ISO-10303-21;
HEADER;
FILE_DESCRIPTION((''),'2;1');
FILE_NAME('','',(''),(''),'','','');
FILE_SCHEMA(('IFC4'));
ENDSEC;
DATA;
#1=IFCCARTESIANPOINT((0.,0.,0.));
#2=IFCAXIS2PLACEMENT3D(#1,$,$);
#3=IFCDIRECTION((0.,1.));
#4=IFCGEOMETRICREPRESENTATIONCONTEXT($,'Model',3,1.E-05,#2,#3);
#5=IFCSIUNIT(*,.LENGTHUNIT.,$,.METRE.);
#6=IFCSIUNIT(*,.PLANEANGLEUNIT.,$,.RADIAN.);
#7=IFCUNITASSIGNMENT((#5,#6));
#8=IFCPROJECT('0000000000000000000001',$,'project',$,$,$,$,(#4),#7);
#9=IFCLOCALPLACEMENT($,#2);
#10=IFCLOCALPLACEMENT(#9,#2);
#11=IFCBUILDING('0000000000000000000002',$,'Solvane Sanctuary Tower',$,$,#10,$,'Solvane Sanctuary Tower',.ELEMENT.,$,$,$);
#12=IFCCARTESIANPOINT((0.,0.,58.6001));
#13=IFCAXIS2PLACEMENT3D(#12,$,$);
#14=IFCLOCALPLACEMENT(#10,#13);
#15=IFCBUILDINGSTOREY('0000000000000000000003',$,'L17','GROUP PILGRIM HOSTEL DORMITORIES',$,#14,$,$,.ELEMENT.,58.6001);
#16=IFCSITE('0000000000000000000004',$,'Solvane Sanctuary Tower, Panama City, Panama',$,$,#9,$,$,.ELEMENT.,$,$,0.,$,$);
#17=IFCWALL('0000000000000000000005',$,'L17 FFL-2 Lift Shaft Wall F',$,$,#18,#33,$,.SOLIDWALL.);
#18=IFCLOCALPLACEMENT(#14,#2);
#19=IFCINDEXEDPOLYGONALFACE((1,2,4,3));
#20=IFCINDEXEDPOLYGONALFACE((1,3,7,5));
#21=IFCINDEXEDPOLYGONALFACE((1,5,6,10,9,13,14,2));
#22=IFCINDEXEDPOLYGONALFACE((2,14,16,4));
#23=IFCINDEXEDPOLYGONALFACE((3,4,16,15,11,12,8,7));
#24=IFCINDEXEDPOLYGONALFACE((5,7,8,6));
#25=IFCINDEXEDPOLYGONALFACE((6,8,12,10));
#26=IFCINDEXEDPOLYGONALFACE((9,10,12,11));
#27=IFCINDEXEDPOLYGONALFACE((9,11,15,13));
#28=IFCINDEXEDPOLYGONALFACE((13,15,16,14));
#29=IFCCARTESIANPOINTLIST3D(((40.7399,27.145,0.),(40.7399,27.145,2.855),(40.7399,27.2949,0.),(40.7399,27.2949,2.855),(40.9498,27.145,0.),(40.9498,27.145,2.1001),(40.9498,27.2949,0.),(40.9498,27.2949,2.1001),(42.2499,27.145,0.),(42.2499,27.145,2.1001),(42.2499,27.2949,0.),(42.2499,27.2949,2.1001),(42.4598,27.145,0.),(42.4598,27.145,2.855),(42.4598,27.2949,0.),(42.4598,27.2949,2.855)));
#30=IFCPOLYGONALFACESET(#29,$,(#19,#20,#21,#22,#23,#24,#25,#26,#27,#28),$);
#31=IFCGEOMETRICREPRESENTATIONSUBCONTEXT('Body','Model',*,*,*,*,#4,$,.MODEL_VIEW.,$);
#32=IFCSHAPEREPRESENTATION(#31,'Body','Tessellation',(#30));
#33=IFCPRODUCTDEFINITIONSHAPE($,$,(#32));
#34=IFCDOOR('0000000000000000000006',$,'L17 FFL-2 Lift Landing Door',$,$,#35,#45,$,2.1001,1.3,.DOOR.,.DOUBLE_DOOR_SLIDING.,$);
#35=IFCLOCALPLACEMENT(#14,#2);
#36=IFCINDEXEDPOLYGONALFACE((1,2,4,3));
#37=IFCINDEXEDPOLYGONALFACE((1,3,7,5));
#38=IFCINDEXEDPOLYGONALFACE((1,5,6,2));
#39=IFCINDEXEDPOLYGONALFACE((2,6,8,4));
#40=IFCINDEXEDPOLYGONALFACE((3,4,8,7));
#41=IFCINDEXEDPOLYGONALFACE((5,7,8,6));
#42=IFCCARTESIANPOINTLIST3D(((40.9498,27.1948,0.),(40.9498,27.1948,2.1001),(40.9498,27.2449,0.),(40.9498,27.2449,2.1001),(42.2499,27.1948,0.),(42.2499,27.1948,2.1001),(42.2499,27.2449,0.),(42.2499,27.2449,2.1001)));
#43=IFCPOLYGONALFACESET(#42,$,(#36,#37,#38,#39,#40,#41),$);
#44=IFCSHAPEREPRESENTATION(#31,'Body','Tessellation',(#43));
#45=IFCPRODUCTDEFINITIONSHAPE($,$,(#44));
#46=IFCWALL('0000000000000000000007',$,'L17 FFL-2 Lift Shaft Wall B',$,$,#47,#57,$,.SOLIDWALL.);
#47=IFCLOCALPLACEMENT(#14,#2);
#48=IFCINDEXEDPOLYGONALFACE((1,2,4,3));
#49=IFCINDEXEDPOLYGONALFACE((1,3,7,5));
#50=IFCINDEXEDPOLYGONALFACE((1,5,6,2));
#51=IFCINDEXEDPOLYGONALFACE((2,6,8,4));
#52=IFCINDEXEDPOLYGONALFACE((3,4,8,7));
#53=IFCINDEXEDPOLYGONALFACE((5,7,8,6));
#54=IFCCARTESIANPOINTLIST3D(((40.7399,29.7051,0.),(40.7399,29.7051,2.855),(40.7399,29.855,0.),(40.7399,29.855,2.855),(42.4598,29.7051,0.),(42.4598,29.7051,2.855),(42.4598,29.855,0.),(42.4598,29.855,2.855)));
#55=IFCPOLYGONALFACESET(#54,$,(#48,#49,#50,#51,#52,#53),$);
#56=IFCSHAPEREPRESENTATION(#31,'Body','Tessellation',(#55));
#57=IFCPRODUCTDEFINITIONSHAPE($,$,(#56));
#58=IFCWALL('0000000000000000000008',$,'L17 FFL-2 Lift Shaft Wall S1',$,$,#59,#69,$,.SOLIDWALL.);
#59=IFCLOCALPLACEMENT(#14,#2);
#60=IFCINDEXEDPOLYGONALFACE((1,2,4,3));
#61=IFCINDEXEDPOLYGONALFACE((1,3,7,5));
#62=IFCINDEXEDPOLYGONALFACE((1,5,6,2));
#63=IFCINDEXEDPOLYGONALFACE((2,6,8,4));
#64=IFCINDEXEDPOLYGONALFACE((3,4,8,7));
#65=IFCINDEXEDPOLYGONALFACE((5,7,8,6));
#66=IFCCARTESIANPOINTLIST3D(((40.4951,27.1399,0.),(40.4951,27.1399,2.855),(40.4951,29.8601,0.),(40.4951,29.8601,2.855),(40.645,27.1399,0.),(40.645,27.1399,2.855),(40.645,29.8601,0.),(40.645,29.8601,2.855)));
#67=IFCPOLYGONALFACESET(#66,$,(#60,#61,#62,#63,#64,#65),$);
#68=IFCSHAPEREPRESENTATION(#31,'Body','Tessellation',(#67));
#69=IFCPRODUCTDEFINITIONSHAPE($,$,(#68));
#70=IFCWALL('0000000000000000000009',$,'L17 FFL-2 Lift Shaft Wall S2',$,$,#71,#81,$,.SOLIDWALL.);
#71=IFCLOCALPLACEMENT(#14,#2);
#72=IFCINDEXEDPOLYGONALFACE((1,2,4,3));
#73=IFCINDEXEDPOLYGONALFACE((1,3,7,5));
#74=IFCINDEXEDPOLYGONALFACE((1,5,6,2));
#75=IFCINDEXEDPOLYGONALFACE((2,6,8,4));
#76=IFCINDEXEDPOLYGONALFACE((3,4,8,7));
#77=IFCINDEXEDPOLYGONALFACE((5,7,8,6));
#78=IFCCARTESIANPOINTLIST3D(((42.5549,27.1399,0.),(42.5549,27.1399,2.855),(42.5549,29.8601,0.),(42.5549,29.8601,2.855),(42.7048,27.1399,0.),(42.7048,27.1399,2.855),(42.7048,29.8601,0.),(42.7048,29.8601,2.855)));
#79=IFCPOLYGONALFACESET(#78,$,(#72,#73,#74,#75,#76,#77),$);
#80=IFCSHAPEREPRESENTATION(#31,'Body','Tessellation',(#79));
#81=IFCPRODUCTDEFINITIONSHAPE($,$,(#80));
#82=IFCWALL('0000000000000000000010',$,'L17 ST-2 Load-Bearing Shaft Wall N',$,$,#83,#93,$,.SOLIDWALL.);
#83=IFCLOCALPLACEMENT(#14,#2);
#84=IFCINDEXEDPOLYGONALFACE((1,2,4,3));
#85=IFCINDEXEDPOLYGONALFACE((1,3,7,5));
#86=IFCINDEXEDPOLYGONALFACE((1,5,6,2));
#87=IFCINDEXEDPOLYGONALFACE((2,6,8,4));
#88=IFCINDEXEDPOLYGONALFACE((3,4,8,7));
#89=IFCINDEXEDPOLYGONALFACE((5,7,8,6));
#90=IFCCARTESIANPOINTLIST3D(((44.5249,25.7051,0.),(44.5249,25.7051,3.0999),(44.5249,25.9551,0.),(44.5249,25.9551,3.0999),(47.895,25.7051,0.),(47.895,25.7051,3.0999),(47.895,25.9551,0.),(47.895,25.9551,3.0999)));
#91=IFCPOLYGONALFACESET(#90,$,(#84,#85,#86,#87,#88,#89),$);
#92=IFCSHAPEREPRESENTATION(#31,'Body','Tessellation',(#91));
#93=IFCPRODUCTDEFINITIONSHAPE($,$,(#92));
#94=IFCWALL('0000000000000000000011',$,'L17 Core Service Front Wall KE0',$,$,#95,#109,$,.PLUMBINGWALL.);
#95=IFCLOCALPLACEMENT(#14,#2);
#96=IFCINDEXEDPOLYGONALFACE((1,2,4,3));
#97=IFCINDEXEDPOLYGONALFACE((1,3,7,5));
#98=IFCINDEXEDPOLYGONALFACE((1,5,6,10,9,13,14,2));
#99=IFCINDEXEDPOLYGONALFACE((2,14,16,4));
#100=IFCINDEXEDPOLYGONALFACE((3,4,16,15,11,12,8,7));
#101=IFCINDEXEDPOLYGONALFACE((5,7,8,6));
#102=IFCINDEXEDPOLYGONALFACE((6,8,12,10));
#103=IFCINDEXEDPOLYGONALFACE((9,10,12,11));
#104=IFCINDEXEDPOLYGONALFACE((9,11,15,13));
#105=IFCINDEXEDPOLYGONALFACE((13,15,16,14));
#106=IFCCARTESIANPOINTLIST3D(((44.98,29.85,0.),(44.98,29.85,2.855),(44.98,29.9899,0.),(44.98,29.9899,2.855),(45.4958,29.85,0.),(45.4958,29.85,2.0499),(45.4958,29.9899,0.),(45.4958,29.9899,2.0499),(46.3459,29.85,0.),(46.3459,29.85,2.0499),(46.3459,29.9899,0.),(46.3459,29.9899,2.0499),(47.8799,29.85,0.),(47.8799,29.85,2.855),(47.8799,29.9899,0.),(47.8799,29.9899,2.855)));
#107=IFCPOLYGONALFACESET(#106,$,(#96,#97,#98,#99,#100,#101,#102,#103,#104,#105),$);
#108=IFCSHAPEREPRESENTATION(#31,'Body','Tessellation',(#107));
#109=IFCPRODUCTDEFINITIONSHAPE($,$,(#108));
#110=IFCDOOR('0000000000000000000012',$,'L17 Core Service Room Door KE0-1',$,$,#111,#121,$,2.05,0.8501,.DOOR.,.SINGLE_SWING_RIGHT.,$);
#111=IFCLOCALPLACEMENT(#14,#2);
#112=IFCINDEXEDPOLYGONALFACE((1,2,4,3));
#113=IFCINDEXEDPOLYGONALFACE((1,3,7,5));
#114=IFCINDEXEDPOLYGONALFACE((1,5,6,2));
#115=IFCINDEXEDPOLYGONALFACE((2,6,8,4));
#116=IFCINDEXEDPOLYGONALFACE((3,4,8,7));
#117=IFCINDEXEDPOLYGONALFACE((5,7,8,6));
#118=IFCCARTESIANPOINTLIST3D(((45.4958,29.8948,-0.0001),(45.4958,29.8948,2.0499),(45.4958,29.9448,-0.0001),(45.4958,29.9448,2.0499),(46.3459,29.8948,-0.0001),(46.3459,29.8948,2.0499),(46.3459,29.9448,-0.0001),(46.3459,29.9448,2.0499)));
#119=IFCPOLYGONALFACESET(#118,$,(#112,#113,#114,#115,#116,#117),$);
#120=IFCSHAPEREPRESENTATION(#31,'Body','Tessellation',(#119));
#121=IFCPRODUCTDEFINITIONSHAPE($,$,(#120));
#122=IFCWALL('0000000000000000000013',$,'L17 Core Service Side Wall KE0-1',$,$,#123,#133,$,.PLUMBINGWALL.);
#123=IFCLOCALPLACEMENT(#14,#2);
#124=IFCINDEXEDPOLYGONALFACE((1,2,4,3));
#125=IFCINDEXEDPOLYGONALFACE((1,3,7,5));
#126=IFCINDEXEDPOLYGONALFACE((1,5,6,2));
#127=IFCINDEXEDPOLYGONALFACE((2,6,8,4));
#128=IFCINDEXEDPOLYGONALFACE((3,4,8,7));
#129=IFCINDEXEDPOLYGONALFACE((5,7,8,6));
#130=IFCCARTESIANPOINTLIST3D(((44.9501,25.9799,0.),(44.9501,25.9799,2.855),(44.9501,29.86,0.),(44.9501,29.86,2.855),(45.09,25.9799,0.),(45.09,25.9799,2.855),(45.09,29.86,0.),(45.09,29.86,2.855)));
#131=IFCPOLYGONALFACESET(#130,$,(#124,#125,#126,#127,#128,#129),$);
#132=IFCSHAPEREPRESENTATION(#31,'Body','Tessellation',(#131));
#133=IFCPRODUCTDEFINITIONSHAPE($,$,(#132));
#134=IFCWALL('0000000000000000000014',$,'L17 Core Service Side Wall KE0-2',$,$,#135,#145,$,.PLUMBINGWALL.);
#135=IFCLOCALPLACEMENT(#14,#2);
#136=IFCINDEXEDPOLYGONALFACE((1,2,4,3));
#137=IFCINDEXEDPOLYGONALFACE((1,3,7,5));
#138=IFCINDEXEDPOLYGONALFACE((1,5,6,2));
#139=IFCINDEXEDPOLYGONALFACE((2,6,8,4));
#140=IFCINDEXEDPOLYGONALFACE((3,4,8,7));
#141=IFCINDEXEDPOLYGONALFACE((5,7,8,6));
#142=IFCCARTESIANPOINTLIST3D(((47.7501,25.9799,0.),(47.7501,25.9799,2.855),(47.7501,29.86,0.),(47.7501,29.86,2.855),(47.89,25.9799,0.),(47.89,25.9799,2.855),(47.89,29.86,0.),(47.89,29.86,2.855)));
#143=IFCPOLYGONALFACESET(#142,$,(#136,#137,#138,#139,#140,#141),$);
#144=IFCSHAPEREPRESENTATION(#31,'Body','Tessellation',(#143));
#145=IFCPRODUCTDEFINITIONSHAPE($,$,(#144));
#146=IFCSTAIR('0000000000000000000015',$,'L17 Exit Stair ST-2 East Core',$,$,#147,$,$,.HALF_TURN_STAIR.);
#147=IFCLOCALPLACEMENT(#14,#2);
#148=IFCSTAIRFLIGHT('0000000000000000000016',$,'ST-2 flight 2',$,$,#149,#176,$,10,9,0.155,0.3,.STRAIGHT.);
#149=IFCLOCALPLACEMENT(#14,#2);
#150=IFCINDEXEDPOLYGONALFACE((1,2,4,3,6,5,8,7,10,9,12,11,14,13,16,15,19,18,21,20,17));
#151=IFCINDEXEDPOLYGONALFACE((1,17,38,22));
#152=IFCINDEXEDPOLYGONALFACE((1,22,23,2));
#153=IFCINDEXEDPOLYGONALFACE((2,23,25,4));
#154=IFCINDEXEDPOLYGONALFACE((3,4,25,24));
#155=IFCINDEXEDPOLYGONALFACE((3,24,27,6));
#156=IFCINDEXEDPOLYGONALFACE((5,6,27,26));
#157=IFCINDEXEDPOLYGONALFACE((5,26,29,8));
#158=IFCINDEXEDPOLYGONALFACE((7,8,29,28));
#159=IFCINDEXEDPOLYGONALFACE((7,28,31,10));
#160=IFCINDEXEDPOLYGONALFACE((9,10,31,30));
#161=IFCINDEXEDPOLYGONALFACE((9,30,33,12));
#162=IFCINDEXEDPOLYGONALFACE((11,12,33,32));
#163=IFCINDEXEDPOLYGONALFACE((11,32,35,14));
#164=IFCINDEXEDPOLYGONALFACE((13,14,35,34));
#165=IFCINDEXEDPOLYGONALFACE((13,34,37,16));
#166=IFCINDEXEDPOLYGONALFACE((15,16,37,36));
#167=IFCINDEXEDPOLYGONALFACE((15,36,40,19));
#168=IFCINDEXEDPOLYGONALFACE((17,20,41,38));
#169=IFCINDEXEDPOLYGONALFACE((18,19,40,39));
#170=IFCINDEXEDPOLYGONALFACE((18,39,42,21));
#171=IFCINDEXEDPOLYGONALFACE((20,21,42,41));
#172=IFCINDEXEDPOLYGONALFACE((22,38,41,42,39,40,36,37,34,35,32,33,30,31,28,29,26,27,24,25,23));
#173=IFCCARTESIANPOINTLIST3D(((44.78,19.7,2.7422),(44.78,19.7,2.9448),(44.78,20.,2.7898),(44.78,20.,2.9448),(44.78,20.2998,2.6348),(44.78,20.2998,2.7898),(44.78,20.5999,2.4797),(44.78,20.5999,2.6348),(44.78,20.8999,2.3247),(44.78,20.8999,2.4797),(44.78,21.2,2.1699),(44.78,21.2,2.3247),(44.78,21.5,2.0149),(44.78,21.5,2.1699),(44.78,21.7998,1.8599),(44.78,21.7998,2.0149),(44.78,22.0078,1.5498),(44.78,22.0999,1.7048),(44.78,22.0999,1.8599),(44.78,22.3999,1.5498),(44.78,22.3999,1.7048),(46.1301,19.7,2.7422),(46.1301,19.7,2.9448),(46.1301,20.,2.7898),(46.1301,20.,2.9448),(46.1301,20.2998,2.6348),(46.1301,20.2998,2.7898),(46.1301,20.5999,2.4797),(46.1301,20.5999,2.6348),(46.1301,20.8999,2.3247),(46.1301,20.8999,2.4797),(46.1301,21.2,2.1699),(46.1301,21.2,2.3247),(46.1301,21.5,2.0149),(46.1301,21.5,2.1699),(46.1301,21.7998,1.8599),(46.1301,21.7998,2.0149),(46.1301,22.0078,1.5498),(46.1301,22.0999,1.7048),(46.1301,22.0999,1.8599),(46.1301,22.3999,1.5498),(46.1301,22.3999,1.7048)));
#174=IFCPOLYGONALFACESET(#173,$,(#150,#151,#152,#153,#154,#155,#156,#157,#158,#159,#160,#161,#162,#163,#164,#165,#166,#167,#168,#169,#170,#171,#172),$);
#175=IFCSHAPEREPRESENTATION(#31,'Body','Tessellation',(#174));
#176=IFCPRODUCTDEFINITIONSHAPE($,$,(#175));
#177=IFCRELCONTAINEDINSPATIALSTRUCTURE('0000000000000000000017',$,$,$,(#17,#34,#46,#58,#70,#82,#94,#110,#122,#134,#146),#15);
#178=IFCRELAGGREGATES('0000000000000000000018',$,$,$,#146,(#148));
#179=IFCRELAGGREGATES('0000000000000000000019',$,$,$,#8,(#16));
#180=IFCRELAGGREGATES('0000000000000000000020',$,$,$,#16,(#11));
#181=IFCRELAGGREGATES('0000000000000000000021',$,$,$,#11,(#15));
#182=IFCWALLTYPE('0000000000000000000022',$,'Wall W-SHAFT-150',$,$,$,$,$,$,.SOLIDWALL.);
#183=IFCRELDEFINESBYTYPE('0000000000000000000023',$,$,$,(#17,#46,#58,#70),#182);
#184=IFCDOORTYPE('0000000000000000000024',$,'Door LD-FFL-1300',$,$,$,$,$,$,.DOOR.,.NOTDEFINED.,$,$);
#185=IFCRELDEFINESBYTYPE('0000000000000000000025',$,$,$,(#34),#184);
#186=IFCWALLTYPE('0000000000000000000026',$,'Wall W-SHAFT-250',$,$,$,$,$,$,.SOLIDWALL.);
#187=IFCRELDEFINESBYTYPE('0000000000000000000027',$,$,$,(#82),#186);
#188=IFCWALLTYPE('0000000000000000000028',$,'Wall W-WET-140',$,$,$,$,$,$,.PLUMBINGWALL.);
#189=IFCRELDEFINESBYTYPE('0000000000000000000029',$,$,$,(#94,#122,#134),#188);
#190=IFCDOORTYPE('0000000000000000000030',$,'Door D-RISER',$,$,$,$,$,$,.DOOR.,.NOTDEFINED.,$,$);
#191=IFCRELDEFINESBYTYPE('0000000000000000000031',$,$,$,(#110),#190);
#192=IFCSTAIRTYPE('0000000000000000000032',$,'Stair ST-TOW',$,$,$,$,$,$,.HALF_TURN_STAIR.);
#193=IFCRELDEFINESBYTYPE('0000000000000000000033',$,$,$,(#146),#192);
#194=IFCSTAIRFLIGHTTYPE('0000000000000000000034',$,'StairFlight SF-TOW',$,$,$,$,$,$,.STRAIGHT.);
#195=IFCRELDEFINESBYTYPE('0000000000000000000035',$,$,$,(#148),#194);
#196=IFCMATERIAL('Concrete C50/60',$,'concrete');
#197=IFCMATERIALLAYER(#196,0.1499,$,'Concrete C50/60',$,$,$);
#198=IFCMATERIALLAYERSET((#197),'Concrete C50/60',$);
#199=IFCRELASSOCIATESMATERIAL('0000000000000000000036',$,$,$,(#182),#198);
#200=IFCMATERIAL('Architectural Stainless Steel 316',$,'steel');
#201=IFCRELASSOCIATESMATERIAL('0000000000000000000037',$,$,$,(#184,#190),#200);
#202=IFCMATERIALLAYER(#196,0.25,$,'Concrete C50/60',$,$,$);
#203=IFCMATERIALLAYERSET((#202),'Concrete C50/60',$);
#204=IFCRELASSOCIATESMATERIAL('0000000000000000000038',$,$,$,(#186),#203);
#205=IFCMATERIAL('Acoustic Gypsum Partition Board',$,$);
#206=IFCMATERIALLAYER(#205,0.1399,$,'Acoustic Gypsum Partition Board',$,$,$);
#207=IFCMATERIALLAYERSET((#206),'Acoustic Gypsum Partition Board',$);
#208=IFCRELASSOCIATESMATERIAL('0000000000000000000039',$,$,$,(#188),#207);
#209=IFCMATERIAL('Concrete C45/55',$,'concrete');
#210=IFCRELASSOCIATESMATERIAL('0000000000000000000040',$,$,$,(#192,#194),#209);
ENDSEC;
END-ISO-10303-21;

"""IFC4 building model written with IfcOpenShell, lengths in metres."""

from ifc_helpers import new_model, si_unit, direction, frame, frame_2d, origin, place, context, subcontext, project, spatial, polyline, rectangle, outline, extrude, material, layer, layer_set, type_object, element, fill, aggregate, save


model = new_model("IFC4")

# Units and contexts
model_context = context("Model", 3, precision=1e-05, world=origin(), true_north=direction((0.0, 1.0)))
body_context = subcontext(model_context, "Body", "Model", "MODEL_VIEW")
ifc_project = project(units=[si_unit("LENGTHUNIT", "METRE"), si_unit("PLANEANGLEUNIT", "RADIAN")], contexts=[model_context])

# Site, building, storey
site_placement = place(None, origin())
site = spatial("IfcSite", under=ifc_project, at=site_placement, Name="Solvane Sanctuary Tower, Panama City, Panama", CompositionType="ELEMENT", RefElevation=0.0)
building_placement = place(site_placement, origin())
building = spatial("IfcBuilding", under=site, at=building_placement, Name="Solvane Sanctuary Tower", LongName="Solvane Sanctuary Tower", CompositionType="ELEMENT")
storey_placement = place(building_placement, frame((0.0, 0.0, 58.6001)))
storey = spatial("IfcBuildingStorey", under=building, at=storey_placement, Name="L17", Description="GROUP PILGRIM HOSTEL DORMITORIES", CompositionType="ELEMENT", Elevation=58.6001)

# Shared definitions
ifc_material_1 = material(Name="Acoustic Gypsum Partition Board")

# Shared definitions
ifc_material_2 = material(Name="Concrete C50/60", Category="concrete")
ifc_layer_1 = layer(ifc_material_2, 0.1499, Name="Concrete C50/60")
ifc_layer_set_1 = layer_set([ifc_layer_1], Name="Concrete C50/60")
wall_type_1 = type_object("IfcWallType", Name="Wall W-SHAFT-150", PredefinedType="SOLIDWALL", material=ifc_layer_set_1)

# Wall, opening, door
wall_1_placement = place(storey_placement, frame((40.74, 27.22, 0.0), z_axis=(0.0, 0.0, 1.0), x_axis=(1.0, 0.0, 0.0)))
wall_1 = element("IfcWall", 1, at=wall_1_placement, inside=storey, type_object=wall_type_1, Name="L17 FFL-2 Lift Shaft Wall F", PredefinedType="SOLIDWALL", context=body_context, shape_type="SweptSolid", body=[
    extrude(rectangle(XDim=1.72, YDim=0.1499, at=frame_2d((0.8599, 0.0))), origin(), (0.0, 0.0, 1.0), 2.855),
])
opening_1_placement = place(wall_1_placement, frame((0.21, 0.0, 0.0)))
opening_1 = element("IfcOpeningElement", 2, at=opening_1_placement, cuts=wall_1, PredefinedType="OPENING", context=body_context, shape_type="SweptSolid", body=[
    extrude(rectangle(XDim=1.3, YDim=2.1001, at=frame_2d((0.6499, 1.05))), frame((0.0, 0.085, 0.0), z_axis=(0.0, -1.0, 0.0), x_axis=(1.0, 0.0, 0.0)), (0.0, 0.0, 1.0), 0.1699),
])
ifc_material_3 = material(Name="Architectural Stainless Steel 316", Category="steel")
door_type_1 = type_object("IfcDoorType", Name="Door LD-FFL-1300", OperationType="NOTDEFINED", PredefinedType="DOOR", material=ifc_material_3)
door_1_placement = place(opening_1_placement, origin())
door_1 = element("IfcDoor", 3, at=door_1_placement, inside=storey, type_object=door_type_1, Name="L17 FFL-2 Lift Landing Door", OperationType="DOUBLE_DOOR_SLIDING", OverallHeight=2.1001, OverallWidth=1.3, PredefinedType="DOOR", context=body_context, shape_type="SweptSolid", body=[
    extrude(rectangle(XDim=1.3, YDim=2.1001, at=frame_2d((0.6499, 1.05))), frame((0.0, 0.0249, 0.0), z_axis=(0.0, -1.0, 0.0), x_axis=(1.0, 0.0, 0.0)), (0.0, 0.0, 1.0), 0.05),
])
fill(opening_1, door_1)

# Walls
wall_2_placement = place(storey_placement, frame((40.74, 29.78, 0.0), z_axis=(0.0, 0.0, 1.0), x_axis=(1.0, 0.0, 0.0)))
element("IfcWall", 4, at=wall_2_placement, inside=storey, type_object=wall_type_1, Name="L17 FFL-2 Lift Shaft Wall B", PredefinedType="SOLIDWALL", context=body_context, shape_type="SweptSolid", body=[
    extrude(rectangle(XDim=1.72, YDim=0.1499, at=frame_2d((0.8599, 0.0))), origin(), (0.0, 0.0, 1.0), 2.855),
])
for number, where, z_axis, x_axis, name in (
    (5, (40.5701, 27.1399, 0.0), (0.0, 0.0, 1.0), (0.0, 1.0, 0.0), "L17 FFL-2 Lift Shaft Wall S1"),
    (6, (42.6299, 27.1399, 0.0), (0.0, 0.0, 1.0), (0.0, 1.0, 0.0), "L17 FFL-2 Lift Shaft Wall S2"),
):
    element("IfcWall", number, at=place(storey_placement, frame(where, z_axis=z_axis, x_axis=x_axis)), inside=storey, type_object=wall_type_1, Name=name, PredefinedType="SOLIDWALL", context=body_context, shape_type="SweptSolid", body=[
        extrude(rectangle(XDim=2.7202, YDim=0.1499, at=frame_2d((1.3601, 0.0))), origin(), (0.0, 0.0, 1.0), 2.855),
    ])
ifc_layer_2 = layer(ifc_material_2, 0.25, Name="Concrete C50/60")
ifc_layer_set_2 = layer_set([ifc_layer_2], Name="Concrete C50/60")
wall_type_2 = type_object("IfcWallType", Name="Wall W-SHAFT-250", PredefinedType="SOLIDWALL", material=ifc_layer_set_2)
wall_3_placement = place(storey_placement, frame((44.5249, 25.8301, 0.0), z_axis=(0.0, 0.0, 1.0), x_axis=(1.0, 0.0, 0.0)))
element("IfcWall", 7, at=wall_3_placement, inside=storey, type_object=wall_type_2, Name="L17 ST-2 Load-Bearing Shaft Wall N", PredefinedType="SOLIDWALL", context=body_context, shape_type="SweptSolid", body=[
    extrude(rectangle(XDim=3.3701, YDim=0.25, at=frame_2d((1.6851, 0.0))), origin(), (0.0, 0.0, 1.0), 3.0999),
])

# Wall, opening, door
ifc_layer_3 = layer(ifc_material_1, 0.1399, Name="Acoustic Gypsum Partition Board")
ifc_layer_set_3 = layer_set([ifc_layer_3], Name="Acoustic Gypsum Partition Board")
wall_type_3 = type_object("IfcWallType", Name="Wall W-WET-140", PredefinedType="PLUMBINGWALL", material=ifc_layer_set_3)
wall_4_placement = place(storey_placement, frame((44.98, 29.9199, 0.0), z_axis=(0.0, 0.0, 1.0), x_axis=(1.0, 0.0, 0.0)))
wall_4 = element("IfcWall", 8, at=wall_4_placement, inside=storey, type_object=wall_type_3, Name="L17 Core Service Front Wall KE0", PredefinedType="PLUMBINGWALL", context=body_context, shape_type="SweptSolid", body=[
    extrude(rectangle(XDim=2.8999, YDim=0.1399, at=frame_2d((1.45, 0.0))), origin(), (0.0, 0.0, 1.0), 2.855),
])
opening_2_placement = place(wall_4_placement, frame((0.5159, 0.0, 0.0)))
opening_2 = element("IfcOpeningElement", 9, at=opening_2_placement, cuts=wall_4, PredefinedType="OPENING", context=body_context, shape_type="SweptSolid", body=[
    extrude(rectangle(XDim=0.8501, YDim=2.05, at=frame_2d((0.425, 1.0249))), frame((0.0, 0.0798, 0.0), z_axis=(0.0, -1.0, 0.0), x_axis=(1.0, 0.0, 0.0)), (0.0, 0.0, 1.0), 0.1599),
])
door_type_2 = type_object("IfcDoorType", Name="Door D-RISER", OperationType="NOTDEFINED", PredefinedType="DOOR", material=ifc_material_3)
door_2_placement = place(opening_2_placement, origin())
door_2 = element("IfcDoor", 10, at=door_2_placement, inside=storey, type_object=door_type_2, Name="L17 Core Service Room Door KE0-1", OperationType="SINGLE_SWING_RIGHT", OverallHeight=2.05, OverallWidth=0.8501, PredefinedType="DOOR", context=body_context, shape_type="SweptSolid", body=[
    extrude(rectangle(XDim=0.8501, YDim=2.05, at=frame_2d((0.425, 1.0249))), frame((0.0, 0.0249, 0.0), z_axis=(0.0, -1.0, 0.0), x_axis=(1.0, 0.0, 0.0)), (0.0, 0.0, 1.0), 0.05),
])
fill(opening_2, door_2)

# Walls
for number, where, z_axis, x_axis, name in (
    (11, (45.02, 25.98, 0.0), (0.0, 0.0, 1.0), (0.0, 1.0, 0.0), "L17 Core Service Side Wall KE0-1"),
    (12, (47.8201, 25.98, 0.0), (0.0, 0.0, 1.0), (0.0, 1.0, 0.0), "L17 Core Service Side Wall KE0-2"),
):
    element("IfcWall", number, at=place(storey_placement, frame(where, z_axis=z_axis, x_axis=x_axis)), inside=storey, type_object=wall_type_3, Name=name, PredefinedType="PLUMBINGWALL", context=body_context, shape_type="SweptSolid", body=[
        extrude(rectangle(XDim=3.8801, YDim=0.1399, at=frame_2d((1.9399, 0.0))), origin(), (0.0, 0.0, 1.0), 2.855),
    ])

# Stair, stair flight
ifc_material_4 = material(Name="Concrete C45/55", Category="concrete")
stair_type = type_object("IfcStairType", Name="Stair ST-TOW", PredefinedType="HALF_TURN_STAIR", material=ifc_material_4)
stair_placement = place(storey_placement, origin())
stair = element("IfcStair", 13, at=stair_placement, inside=storey, type_object=stair_type, Name="L17 Exit Stair ST-2 East Core", PredefinedType="HALF_TURN_STAIR")
stair_flight_type = type_object("IfcStairFlightType", Name="StairFlight SF-TOW", PredefinedType="STRAIGHT", material=ifc_material_4)
stair_flight_placement = place(storey_placement, frame((45.4551, 22.3999, 1.5498), z_axis=(0.0, 0.0, 1.0), x_axis=(0.0, -1.0, 0.0)))
stair_flight = element("IfcStairFlight", 14, at=stair_flight_placement, type_object=stair_flight_type, Name="ST-2 flight 2", NumberOfRisers=10, NumberOfTreads=9, PredefinedType="STRAIGHT", RiserHeight=0.155, TreadLength=0.3, context=body_context, shape_type="SweptSolid", body=[
    extrude(outline(polyline([(0.0, 0.0), (0.0, 0.155), (0.3, 0.155), (0.3, 0.3101), (0.6001, 0.3101), (0.6001, 0.4651), (0.8999, 0.4651), (0.8999, 0.6201), (1.2, 0.6201), (1.2, 0.7749), (1.5, 0.7749), (1.5, 0.9299), (1.8, 0.9299), (1.8, 1.085), (2.1001, 1.085), (2.1001, 1.24), (2.3999, 1.24), (2.3999, 1.395), (2.7, 1.395), (2.7, 1.55), (2.7, 1.1924), (0.3921, 0.0), (0.0, 0.0)])), frame((0.0, 0.675, 0.0), z_axis=(0.0, -1.0, 0.0), x_axis=(1.0, 0.0, 0.0)), (0.0, 0.0, 1.0), 1.3501),
])
aggregate(stair, [stair_flight])

save(model, "model.ifc")
